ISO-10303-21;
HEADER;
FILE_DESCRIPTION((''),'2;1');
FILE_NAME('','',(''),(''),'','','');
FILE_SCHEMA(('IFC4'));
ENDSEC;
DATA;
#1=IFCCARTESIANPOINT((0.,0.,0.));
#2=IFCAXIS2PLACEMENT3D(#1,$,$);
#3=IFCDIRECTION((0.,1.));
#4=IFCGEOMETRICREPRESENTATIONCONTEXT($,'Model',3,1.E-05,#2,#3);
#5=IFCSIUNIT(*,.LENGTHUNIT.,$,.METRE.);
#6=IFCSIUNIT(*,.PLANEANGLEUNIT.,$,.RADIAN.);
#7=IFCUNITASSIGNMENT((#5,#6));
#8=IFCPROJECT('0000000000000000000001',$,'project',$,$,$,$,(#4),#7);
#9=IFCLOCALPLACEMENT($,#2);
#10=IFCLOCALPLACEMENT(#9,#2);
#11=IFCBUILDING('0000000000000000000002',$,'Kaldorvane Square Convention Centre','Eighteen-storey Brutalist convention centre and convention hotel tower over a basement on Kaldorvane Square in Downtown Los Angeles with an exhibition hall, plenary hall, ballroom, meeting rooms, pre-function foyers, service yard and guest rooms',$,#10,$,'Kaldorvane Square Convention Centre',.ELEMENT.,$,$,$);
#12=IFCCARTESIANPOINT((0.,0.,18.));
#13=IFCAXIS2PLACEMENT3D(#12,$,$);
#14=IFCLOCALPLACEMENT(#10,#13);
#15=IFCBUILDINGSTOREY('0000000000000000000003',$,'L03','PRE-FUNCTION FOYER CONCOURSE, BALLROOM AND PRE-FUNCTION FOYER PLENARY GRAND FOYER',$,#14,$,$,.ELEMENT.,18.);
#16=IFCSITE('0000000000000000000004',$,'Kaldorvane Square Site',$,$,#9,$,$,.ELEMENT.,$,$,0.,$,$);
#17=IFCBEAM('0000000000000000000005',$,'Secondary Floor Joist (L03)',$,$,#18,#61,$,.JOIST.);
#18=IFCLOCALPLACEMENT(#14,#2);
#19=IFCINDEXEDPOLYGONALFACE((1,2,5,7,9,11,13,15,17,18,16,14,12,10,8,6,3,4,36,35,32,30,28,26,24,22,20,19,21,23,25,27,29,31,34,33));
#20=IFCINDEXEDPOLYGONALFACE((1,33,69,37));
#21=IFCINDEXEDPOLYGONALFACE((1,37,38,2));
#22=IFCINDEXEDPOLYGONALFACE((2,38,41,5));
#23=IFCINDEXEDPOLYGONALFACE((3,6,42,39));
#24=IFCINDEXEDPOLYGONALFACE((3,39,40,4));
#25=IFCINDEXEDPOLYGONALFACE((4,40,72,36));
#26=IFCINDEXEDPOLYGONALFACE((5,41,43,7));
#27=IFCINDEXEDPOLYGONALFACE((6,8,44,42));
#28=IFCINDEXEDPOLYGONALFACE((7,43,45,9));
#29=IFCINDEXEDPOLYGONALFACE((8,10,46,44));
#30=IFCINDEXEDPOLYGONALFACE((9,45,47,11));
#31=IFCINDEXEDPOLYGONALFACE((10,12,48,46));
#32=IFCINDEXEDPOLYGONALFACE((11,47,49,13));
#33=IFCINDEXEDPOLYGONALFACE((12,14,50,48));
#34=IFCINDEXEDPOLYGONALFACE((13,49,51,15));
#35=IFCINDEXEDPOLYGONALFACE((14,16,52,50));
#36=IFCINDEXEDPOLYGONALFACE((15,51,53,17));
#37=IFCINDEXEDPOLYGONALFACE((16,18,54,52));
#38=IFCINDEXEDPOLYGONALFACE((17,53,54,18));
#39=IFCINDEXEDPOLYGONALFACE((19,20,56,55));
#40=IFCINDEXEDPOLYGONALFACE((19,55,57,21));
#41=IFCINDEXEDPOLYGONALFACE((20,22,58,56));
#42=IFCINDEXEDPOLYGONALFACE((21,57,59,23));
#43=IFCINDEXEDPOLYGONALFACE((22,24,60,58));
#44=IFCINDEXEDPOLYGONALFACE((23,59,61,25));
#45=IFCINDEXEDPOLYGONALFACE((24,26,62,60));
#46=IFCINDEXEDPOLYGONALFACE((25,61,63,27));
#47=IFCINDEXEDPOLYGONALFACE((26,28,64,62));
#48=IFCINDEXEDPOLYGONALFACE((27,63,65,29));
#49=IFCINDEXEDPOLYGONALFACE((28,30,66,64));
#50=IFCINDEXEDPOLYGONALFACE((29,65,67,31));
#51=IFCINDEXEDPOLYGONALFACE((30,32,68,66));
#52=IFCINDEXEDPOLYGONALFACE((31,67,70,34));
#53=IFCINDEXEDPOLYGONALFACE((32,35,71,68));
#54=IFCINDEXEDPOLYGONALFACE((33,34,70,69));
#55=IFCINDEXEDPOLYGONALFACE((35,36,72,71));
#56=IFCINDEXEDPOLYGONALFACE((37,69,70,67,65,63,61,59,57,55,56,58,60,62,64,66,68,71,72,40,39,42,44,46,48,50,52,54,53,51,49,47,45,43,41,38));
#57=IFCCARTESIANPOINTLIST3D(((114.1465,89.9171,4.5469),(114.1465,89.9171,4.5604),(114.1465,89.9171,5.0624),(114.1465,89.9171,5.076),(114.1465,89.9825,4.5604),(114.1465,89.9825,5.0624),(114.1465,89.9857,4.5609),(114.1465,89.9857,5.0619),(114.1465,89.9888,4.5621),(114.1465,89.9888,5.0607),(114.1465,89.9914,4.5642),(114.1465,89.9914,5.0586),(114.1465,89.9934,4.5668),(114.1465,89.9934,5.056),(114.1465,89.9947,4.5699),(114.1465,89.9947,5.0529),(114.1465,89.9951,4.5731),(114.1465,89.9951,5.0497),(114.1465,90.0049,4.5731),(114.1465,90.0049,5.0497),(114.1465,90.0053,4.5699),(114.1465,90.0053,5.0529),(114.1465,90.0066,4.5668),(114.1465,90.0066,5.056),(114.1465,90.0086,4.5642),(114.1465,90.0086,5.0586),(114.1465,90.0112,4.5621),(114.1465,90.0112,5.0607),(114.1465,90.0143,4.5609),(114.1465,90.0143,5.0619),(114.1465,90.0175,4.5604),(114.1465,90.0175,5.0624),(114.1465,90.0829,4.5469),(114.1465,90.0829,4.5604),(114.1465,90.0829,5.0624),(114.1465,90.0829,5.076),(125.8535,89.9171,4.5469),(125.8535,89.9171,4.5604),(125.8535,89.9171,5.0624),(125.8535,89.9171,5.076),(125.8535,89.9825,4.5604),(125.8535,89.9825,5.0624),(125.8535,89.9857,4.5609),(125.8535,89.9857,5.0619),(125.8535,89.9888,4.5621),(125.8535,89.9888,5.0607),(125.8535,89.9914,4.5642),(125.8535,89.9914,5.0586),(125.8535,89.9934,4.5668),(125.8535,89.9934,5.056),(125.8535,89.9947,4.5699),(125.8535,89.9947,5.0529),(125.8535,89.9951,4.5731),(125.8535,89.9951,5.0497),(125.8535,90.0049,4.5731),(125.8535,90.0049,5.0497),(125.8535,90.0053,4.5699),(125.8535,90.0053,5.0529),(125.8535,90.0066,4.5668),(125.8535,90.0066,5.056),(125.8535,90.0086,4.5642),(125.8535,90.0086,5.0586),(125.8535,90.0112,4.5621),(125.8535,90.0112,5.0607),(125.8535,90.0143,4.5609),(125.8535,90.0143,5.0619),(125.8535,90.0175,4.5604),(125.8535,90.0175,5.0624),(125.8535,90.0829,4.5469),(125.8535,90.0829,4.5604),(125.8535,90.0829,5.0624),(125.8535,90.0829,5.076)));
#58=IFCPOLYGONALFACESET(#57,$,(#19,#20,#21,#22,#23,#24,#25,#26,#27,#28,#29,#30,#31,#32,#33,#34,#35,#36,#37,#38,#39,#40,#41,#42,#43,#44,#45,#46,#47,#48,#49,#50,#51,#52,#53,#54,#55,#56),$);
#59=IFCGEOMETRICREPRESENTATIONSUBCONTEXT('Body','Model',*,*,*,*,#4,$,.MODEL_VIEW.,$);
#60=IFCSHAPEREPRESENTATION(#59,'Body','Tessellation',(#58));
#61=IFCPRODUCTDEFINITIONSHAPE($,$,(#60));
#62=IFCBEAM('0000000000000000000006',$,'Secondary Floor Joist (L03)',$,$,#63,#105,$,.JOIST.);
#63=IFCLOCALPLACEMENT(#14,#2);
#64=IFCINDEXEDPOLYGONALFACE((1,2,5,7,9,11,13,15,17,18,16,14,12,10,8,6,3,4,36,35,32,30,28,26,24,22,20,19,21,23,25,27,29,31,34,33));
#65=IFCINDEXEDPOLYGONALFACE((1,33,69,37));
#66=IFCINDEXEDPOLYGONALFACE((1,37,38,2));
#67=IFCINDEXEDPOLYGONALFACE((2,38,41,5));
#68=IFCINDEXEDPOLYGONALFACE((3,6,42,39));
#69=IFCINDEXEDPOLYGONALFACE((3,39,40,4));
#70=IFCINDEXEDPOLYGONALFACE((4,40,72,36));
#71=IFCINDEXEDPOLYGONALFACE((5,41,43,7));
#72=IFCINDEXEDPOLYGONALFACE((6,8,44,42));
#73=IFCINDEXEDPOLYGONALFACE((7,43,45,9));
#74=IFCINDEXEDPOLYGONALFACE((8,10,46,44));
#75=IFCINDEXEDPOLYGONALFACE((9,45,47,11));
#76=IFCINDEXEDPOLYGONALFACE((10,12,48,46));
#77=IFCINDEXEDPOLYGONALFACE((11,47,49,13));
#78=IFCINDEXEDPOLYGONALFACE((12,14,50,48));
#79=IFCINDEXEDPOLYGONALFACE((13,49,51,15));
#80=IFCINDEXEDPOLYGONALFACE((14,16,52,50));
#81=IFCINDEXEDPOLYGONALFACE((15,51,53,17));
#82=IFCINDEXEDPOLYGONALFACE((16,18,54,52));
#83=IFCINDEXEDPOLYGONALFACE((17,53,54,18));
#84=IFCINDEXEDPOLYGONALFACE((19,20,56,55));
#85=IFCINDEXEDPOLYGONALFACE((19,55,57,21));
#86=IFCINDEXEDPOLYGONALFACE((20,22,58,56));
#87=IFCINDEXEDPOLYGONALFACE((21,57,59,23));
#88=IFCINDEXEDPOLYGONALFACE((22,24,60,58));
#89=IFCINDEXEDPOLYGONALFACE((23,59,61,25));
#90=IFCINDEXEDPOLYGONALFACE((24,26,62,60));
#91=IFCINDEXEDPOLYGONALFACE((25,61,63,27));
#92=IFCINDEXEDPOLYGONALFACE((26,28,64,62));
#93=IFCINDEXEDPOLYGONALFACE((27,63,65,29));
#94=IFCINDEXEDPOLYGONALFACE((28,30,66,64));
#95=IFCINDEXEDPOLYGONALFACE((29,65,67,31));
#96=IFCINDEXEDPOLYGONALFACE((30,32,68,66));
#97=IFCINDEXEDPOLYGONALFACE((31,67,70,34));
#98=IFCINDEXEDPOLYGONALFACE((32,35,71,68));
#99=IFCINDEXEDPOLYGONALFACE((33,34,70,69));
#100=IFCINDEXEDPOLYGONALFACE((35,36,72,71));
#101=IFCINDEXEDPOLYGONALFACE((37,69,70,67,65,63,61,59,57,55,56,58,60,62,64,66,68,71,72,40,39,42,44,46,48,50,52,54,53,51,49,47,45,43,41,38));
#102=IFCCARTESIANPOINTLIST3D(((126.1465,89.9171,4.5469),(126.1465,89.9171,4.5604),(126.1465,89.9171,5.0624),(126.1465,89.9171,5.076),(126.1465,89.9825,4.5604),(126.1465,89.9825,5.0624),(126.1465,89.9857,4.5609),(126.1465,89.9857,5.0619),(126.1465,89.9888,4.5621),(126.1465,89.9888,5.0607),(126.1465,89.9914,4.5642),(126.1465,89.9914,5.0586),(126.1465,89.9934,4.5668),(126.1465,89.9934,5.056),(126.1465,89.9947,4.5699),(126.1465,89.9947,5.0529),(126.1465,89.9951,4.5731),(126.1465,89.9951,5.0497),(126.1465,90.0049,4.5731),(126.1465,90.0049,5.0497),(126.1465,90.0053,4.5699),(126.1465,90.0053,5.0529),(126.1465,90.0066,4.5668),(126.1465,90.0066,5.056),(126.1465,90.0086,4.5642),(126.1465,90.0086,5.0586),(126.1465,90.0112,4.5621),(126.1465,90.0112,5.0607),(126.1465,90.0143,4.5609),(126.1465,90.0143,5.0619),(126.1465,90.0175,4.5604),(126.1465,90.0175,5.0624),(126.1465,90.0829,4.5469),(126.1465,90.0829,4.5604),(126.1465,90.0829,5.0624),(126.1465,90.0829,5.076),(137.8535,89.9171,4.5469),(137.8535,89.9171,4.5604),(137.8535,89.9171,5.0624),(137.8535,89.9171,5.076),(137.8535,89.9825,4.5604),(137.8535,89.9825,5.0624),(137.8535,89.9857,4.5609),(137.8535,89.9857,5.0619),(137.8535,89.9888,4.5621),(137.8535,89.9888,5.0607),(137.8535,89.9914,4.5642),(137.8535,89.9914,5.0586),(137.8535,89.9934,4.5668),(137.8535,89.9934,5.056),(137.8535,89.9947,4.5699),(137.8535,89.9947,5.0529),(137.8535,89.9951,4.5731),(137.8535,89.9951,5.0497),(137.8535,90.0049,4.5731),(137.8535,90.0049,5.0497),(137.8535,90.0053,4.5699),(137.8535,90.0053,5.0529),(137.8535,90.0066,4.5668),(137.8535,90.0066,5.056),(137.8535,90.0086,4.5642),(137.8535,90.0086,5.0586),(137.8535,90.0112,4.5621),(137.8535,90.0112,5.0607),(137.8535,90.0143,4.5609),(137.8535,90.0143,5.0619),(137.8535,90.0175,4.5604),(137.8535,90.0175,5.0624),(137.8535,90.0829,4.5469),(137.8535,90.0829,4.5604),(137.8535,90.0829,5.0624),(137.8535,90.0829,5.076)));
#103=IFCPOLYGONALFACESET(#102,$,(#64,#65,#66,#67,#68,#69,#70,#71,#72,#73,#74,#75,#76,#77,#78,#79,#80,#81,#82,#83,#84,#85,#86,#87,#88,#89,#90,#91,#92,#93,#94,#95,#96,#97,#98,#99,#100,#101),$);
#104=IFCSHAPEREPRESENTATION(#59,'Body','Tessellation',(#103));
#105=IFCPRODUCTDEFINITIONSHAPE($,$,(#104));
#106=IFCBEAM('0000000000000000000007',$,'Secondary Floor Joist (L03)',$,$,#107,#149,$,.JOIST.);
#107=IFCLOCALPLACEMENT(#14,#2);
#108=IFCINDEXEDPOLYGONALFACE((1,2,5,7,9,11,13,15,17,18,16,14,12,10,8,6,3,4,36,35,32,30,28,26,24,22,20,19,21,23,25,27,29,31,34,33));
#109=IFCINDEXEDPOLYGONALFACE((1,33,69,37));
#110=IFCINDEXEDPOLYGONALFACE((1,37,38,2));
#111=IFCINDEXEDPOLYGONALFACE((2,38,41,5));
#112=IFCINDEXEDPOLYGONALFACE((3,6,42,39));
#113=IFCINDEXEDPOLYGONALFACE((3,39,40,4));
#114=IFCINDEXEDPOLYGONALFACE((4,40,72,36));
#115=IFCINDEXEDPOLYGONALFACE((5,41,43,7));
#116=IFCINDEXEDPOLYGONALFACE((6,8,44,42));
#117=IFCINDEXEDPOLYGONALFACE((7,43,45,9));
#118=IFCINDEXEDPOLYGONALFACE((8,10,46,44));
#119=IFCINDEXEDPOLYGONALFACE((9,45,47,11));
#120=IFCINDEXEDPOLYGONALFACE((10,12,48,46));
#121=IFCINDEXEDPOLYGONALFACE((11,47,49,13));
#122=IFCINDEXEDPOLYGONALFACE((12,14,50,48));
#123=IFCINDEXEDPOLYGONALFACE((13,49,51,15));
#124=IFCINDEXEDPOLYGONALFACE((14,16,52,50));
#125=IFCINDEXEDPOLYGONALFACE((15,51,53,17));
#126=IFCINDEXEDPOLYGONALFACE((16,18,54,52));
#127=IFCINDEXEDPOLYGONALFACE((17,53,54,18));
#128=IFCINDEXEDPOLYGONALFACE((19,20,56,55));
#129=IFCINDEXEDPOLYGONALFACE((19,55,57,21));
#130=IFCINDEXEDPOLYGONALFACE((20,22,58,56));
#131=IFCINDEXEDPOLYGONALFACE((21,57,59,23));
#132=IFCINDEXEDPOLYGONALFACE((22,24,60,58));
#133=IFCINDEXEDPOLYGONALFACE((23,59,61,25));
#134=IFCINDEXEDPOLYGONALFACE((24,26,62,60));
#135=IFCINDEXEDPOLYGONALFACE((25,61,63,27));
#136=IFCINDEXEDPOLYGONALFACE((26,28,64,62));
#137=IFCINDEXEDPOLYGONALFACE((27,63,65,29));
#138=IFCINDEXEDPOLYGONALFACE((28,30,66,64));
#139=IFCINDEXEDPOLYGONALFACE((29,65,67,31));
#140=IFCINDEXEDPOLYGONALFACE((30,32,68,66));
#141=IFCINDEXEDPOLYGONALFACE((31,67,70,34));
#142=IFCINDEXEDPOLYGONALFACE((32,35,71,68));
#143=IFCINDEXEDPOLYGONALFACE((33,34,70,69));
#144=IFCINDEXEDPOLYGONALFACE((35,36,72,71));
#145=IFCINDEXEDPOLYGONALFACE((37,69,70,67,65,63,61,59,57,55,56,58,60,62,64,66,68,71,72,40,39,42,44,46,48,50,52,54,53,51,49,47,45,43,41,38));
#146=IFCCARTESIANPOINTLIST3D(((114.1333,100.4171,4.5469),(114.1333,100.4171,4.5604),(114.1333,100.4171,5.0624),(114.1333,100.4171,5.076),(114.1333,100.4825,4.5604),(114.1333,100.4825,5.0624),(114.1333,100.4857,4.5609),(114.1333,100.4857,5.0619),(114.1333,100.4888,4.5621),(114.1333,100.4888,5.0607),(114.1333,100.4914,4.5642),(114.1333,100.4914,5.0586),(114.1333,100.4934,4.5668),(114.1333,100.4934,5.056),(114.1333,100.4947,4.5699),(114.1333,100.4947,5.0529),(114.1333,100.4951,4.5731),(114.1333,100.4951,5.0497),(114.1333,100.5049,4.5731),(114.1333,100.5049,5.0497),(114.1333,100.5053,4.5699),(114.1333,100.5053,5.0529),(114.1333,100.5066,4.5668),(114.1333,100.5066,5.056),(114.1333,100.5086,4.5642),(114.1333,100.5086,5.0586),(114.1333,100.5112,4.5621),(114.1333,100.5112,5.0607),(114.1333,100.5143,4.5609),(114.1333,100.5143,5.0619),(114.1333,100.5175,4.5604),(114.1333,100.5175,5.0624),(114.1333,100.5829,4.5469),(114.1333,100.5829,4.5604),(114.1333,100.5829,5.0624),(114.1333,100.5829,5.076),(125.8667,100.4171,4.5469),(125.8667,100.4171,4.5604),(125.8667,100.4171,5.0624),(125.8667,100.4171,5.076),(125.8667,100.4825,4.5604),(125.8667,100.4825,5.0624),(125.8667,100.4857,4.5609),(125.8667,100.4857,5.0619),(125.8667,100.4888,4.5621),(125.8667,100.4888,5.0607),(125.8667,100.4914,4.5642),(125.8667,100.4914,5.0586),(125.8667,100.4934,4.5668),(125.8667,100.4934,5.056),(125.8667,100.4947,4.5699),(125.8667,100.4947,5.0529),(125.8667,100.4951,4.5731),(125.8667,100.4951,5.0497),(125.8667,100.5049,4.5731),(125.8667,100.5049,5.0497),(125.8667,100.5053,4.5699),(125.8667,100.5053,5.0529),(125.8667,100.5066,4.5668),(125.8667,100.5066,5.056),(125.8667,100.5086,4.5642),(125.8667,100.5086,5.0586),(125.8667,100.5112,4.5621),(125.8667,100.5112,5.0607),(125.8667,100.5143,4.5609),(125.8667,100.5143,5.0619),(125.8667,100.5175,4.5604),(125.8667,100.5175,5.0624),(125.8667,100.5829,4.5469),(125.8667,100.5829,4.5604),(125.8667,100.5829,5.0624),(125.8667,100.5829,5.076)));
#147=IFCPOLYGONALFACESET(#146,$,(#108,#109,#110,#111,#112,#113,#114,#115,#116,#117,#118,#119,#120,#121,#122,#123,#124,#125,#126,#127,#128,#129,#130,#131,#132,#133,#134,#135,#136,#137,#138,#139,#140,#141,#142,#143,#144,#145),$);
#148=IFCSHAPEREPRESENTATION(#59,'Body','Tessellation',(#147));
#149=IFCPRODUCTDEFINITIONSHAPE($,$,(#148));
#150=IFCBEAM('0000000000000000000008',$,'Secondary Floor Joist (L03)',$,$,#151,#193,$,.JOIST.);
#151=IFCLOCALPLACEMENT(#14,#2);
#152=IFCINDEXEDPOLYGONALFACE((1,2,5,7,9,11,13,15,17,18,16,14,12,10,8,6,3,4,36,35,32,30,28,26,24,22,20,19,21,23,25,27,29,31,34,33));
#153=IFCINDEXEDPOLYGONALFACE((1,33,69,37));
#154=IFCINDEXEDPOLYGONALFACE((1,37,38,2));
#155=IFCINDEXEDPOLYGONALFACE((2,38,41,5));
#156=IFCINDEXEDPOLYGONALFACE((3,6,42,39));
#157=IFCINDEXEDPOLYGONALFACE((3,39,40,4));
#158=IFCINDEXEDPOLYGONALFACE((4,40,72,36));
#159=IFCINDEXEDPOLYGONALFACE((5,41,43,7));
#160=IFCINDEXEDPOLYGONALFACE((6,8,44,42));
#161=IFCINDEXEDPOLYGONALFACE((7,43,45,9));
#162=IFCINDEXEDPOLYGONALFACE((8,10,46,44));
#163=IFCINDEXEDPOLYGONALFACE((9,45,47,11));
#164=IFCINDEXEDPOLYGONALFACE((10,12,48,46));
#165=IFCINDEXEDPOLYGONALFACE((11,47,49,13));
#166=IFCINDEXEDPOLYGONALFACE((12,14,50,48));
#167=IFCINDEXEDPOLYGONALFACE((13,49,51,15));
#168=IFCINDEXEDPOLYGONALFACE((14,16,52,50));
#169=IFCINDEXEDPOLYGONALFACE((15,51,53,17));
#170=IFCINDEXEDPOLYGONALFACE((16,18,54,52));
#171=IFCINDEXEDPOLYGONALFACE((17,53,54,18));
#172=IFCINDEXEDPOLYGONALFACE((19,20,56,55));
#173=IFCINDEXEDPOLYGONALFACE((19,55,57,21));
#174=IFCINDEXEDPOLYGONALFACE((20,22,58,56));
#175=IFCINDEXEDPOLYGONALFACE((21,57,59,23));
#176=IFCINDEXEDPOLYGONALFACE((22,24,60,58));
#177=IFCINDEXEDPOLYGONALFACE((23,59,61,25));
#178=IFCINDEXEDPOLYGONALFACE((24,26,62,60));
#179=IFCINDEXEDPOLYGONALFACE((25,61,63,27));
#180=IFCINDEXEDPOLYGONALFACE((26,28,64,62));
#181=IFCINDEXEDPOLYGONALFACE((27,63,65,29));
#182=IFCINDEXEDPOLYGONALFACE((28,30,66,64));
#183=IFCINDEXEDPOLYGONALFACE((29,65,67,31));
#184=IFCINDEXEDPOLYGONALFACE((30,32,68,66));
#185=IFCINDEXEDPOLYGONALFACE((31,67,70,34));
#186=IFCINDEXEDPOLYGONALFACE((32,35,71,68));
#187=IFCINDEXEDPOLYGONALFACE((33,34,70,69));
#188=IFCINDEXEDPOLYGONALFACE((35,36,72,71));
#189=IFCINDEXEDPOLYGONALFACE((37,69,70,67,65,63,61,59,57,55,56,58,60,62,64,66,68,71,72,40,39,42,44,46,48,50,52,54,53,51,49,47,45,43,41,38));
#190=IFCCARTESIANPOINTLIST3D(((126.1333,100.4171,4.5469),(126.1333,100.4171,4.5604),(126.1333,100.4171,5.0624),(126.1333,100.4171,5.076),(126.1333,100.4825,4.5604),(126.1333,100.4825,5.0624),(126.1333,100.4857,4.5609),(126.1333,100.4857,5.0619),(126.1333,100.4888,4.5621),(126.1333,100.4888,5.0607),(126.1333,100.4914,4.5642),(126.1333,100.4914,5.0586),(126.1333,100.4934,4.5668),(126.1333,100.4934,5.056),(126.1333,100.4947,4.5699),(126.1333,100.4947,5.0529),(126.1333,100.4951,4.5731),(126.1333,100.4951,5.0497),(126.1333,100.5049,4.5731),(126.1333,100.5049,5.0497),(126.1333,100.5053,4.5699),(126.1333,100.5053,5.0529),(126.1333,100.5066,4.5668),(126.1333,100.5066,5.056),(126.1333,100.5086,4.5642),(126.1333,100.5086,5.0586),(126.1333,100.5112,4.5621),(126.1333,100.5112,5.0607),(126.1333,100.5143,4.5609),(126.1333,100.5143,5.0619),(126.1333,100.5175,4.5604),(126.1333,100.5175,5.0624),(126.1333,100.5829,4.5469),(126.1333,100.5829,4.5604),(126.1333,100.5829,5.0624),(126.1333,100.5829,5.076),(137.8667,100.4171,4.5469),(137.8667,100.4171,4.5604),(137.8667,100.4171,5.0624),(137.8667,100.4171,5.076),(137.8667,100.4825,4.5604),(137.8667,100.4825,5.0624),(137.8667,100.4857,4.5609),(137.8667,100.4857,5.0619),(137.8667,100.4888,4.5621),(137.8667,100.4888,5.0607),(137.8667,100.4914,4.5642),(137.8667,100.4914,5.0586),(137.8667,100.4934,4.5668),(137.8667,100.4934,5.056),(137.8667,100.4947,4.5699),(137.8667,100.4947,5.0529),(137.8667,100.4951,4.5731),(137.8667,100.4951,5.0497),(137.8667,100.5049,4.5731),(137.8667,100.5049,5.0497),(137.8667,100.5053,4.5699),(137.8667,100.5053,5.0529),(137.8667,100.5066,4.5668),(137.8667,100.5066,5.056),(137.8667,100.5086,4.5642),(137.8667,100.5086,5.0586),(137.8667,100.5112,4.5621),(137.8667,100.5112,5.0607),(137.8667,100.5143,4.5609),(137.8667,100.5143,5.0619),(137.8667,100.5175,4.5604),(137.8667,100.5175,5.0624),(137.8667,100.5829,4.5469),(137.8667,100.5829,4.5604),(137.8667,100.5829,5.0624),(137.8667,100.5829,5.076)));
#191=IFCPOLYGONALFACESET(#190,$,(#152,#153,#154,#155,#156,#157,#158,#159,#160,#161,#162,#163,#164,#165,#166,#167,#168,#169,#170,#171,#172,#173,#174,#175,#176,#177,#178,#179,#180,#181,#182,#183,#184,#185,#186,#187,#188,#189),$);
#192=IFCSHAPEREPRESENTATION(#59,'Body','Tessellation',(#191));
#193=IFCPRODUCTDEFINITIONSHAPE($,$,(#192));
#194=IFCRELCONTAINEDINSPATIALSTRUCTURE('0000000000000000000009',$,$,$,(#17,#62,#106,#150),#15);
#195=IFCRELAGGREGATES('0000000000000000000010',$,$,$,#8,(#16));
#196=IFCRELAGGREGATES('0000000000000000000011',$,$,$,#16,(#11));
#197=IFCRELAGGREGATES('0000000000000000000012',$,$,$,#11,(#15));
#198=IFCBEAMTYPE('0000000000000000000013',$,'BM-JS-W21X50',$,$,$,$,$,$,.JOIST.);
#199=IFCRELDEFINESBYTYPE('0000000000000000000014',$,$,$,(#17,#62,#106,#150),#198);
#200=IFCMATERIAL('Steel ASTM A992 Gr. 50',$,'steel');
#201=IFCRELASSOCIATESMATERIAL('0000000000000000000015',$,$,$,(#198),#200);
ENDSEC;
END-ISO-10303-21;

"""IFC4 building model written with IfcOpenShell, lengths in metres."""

from ifc_helpers import new_model, si_unit, direction, frame, origin, origin_2d, place, context, subcontext, project, spatial, i_section, extrude, material, material_profile, profile_set, type_object, element, save


model = new_model("IFC4")

# Units and contexts
model_context = context("Model", 3, precision=1e-05, world=origin(), true_north=direction((0.0, 1.0)))
body_context = subcontext(model_context, "Body", "Model", "MODEL_VIEW")
ifc_project = project(units=[si_unit("LENGTHUNIT", "METRE"), si_unit("PLANEANGLEUNIT", "RADIAN")], contexts=[model_context])

# Site, building, storey
site_placement = place(None, origin())
site = spatial("IfcSite", under=ifc_project, at=site_placement, Name="Kaldorvane Square Site", CompositionType="ELEMENT", RefElevation=0.0)
building_placement = place(site_placement, origin())
building = spatial("IfcBuilding", under=site, at=building_placement, Name="Kaldorvane Square Convention Centre", Description="Eighteen-storey Brutalist convention centre and convention hotel tower over a basement on Kaldorvane Square in Downtown Los Angeles with an exhibition hall, plenary hall, ballroom, meeting rooms, pre-function foyers, service yard and guest rooms", LongName="Kaldorvane Square Convention Centre", CompositionType="ELEMENT")
storey_placement = place(building_placement, frame((0.0, 0.0, 18.0)))
storey = spatial("IfcBuildingStorey", under=building, at=storey_placement, Name="L03", Description="PRE-FUNCTION FOYER CONCOURSE, BALLROOM AND PRE-FUNCTION FOYER PLENARY GRAND FOYER", CompositionType="ELEMENT", Elevation=18.0)

# Shared definitions
ifc_material_1 = material(Name="Steel ASTM A992 Gr. 50", Category="steel")

# Beams
ifc_material_profile_1 = material_profile(ifc_material_1, i_section(OverallWidth=0.1659, OverallDepth=0.5291, WebThickness=0.0097, FlangeThickness=0.0136, FilletRadius=0.0127, at=origin_2d()), Name="W21X50")
ifc_profile_set_1 = profile_set([ifc_material_profile_1], Name="Steel ASTM A992 Gr. 50")
beam_type_1 = type_object("IfcBeamType", Name="BM-JS-W21X50", PredefinedType="JOIST", material=ifc_profile_set_1)
for number, where, z_axis, x_axis, name in (
    (1, (114.1465, 90.0, 4.8114), (1.0, 0.0, 0.0), (0.0, 1.0, 0.0), "Secondary Floor Joist (L03)"),
    (2, (126.1465, 90.0, 4.8114), (1.0, 0.0, 0.0), (0.0, 1.0, 0.0), "Secondary Floor Joist (L03)"),
):
    element("IfcBeam", number, at=place(storey_placement, frame(where, z_axis=z_axis, x_axis=x_axis)), inside=storey, type_object=beam_type_1, Name=name, PredefinedType="JOIST", context=body_context, shape_type="SweptSolid", body=[
        extrude(i_section(OverallWidth=0.1659, OverallDepth=0.5291, WebThickness=0.0097, FlangeThickness=0.0136, FilletRadius=0.0127, at=origin_2d()), origin(), (0.0, 0.0, 1.0), 11.707),
    ])
for number, where, z_axis, x_axis, name in (
    (3, (114.1333, 100.5, 4.8114), (1.0, 0.0, 0.0), (0.0, 1.0, 0.0), "Secondary Floor Joist (L03)"),
    (4, (126.1333, 100.5, 4.8114), (1.0, 0.0, 0.0), (0.0, 1.0, 0.0), "Secondary Floor Joist (L03)"),
):
    element("IfcBeam", number, at=place(storey_placement, frame(where, z_axis=z_axis, x_axis=x_axis)), inside=storey, type_object=beam_type_1, Name=name, PredefinedType="JOIST", context=body_context, shape_type="SweptSolid", body=[
        extrude(i_section(OverallWidth=0.1659, OverallDepth=0.5291, WebThickness=0.0097, FlangeThickness=0.0136, FilletRadius=0.0127, at=origin_2d()), origin(), (0.0, 0.0, 1.0), 11.7334),
    ])

save(model, "model.ifc")
